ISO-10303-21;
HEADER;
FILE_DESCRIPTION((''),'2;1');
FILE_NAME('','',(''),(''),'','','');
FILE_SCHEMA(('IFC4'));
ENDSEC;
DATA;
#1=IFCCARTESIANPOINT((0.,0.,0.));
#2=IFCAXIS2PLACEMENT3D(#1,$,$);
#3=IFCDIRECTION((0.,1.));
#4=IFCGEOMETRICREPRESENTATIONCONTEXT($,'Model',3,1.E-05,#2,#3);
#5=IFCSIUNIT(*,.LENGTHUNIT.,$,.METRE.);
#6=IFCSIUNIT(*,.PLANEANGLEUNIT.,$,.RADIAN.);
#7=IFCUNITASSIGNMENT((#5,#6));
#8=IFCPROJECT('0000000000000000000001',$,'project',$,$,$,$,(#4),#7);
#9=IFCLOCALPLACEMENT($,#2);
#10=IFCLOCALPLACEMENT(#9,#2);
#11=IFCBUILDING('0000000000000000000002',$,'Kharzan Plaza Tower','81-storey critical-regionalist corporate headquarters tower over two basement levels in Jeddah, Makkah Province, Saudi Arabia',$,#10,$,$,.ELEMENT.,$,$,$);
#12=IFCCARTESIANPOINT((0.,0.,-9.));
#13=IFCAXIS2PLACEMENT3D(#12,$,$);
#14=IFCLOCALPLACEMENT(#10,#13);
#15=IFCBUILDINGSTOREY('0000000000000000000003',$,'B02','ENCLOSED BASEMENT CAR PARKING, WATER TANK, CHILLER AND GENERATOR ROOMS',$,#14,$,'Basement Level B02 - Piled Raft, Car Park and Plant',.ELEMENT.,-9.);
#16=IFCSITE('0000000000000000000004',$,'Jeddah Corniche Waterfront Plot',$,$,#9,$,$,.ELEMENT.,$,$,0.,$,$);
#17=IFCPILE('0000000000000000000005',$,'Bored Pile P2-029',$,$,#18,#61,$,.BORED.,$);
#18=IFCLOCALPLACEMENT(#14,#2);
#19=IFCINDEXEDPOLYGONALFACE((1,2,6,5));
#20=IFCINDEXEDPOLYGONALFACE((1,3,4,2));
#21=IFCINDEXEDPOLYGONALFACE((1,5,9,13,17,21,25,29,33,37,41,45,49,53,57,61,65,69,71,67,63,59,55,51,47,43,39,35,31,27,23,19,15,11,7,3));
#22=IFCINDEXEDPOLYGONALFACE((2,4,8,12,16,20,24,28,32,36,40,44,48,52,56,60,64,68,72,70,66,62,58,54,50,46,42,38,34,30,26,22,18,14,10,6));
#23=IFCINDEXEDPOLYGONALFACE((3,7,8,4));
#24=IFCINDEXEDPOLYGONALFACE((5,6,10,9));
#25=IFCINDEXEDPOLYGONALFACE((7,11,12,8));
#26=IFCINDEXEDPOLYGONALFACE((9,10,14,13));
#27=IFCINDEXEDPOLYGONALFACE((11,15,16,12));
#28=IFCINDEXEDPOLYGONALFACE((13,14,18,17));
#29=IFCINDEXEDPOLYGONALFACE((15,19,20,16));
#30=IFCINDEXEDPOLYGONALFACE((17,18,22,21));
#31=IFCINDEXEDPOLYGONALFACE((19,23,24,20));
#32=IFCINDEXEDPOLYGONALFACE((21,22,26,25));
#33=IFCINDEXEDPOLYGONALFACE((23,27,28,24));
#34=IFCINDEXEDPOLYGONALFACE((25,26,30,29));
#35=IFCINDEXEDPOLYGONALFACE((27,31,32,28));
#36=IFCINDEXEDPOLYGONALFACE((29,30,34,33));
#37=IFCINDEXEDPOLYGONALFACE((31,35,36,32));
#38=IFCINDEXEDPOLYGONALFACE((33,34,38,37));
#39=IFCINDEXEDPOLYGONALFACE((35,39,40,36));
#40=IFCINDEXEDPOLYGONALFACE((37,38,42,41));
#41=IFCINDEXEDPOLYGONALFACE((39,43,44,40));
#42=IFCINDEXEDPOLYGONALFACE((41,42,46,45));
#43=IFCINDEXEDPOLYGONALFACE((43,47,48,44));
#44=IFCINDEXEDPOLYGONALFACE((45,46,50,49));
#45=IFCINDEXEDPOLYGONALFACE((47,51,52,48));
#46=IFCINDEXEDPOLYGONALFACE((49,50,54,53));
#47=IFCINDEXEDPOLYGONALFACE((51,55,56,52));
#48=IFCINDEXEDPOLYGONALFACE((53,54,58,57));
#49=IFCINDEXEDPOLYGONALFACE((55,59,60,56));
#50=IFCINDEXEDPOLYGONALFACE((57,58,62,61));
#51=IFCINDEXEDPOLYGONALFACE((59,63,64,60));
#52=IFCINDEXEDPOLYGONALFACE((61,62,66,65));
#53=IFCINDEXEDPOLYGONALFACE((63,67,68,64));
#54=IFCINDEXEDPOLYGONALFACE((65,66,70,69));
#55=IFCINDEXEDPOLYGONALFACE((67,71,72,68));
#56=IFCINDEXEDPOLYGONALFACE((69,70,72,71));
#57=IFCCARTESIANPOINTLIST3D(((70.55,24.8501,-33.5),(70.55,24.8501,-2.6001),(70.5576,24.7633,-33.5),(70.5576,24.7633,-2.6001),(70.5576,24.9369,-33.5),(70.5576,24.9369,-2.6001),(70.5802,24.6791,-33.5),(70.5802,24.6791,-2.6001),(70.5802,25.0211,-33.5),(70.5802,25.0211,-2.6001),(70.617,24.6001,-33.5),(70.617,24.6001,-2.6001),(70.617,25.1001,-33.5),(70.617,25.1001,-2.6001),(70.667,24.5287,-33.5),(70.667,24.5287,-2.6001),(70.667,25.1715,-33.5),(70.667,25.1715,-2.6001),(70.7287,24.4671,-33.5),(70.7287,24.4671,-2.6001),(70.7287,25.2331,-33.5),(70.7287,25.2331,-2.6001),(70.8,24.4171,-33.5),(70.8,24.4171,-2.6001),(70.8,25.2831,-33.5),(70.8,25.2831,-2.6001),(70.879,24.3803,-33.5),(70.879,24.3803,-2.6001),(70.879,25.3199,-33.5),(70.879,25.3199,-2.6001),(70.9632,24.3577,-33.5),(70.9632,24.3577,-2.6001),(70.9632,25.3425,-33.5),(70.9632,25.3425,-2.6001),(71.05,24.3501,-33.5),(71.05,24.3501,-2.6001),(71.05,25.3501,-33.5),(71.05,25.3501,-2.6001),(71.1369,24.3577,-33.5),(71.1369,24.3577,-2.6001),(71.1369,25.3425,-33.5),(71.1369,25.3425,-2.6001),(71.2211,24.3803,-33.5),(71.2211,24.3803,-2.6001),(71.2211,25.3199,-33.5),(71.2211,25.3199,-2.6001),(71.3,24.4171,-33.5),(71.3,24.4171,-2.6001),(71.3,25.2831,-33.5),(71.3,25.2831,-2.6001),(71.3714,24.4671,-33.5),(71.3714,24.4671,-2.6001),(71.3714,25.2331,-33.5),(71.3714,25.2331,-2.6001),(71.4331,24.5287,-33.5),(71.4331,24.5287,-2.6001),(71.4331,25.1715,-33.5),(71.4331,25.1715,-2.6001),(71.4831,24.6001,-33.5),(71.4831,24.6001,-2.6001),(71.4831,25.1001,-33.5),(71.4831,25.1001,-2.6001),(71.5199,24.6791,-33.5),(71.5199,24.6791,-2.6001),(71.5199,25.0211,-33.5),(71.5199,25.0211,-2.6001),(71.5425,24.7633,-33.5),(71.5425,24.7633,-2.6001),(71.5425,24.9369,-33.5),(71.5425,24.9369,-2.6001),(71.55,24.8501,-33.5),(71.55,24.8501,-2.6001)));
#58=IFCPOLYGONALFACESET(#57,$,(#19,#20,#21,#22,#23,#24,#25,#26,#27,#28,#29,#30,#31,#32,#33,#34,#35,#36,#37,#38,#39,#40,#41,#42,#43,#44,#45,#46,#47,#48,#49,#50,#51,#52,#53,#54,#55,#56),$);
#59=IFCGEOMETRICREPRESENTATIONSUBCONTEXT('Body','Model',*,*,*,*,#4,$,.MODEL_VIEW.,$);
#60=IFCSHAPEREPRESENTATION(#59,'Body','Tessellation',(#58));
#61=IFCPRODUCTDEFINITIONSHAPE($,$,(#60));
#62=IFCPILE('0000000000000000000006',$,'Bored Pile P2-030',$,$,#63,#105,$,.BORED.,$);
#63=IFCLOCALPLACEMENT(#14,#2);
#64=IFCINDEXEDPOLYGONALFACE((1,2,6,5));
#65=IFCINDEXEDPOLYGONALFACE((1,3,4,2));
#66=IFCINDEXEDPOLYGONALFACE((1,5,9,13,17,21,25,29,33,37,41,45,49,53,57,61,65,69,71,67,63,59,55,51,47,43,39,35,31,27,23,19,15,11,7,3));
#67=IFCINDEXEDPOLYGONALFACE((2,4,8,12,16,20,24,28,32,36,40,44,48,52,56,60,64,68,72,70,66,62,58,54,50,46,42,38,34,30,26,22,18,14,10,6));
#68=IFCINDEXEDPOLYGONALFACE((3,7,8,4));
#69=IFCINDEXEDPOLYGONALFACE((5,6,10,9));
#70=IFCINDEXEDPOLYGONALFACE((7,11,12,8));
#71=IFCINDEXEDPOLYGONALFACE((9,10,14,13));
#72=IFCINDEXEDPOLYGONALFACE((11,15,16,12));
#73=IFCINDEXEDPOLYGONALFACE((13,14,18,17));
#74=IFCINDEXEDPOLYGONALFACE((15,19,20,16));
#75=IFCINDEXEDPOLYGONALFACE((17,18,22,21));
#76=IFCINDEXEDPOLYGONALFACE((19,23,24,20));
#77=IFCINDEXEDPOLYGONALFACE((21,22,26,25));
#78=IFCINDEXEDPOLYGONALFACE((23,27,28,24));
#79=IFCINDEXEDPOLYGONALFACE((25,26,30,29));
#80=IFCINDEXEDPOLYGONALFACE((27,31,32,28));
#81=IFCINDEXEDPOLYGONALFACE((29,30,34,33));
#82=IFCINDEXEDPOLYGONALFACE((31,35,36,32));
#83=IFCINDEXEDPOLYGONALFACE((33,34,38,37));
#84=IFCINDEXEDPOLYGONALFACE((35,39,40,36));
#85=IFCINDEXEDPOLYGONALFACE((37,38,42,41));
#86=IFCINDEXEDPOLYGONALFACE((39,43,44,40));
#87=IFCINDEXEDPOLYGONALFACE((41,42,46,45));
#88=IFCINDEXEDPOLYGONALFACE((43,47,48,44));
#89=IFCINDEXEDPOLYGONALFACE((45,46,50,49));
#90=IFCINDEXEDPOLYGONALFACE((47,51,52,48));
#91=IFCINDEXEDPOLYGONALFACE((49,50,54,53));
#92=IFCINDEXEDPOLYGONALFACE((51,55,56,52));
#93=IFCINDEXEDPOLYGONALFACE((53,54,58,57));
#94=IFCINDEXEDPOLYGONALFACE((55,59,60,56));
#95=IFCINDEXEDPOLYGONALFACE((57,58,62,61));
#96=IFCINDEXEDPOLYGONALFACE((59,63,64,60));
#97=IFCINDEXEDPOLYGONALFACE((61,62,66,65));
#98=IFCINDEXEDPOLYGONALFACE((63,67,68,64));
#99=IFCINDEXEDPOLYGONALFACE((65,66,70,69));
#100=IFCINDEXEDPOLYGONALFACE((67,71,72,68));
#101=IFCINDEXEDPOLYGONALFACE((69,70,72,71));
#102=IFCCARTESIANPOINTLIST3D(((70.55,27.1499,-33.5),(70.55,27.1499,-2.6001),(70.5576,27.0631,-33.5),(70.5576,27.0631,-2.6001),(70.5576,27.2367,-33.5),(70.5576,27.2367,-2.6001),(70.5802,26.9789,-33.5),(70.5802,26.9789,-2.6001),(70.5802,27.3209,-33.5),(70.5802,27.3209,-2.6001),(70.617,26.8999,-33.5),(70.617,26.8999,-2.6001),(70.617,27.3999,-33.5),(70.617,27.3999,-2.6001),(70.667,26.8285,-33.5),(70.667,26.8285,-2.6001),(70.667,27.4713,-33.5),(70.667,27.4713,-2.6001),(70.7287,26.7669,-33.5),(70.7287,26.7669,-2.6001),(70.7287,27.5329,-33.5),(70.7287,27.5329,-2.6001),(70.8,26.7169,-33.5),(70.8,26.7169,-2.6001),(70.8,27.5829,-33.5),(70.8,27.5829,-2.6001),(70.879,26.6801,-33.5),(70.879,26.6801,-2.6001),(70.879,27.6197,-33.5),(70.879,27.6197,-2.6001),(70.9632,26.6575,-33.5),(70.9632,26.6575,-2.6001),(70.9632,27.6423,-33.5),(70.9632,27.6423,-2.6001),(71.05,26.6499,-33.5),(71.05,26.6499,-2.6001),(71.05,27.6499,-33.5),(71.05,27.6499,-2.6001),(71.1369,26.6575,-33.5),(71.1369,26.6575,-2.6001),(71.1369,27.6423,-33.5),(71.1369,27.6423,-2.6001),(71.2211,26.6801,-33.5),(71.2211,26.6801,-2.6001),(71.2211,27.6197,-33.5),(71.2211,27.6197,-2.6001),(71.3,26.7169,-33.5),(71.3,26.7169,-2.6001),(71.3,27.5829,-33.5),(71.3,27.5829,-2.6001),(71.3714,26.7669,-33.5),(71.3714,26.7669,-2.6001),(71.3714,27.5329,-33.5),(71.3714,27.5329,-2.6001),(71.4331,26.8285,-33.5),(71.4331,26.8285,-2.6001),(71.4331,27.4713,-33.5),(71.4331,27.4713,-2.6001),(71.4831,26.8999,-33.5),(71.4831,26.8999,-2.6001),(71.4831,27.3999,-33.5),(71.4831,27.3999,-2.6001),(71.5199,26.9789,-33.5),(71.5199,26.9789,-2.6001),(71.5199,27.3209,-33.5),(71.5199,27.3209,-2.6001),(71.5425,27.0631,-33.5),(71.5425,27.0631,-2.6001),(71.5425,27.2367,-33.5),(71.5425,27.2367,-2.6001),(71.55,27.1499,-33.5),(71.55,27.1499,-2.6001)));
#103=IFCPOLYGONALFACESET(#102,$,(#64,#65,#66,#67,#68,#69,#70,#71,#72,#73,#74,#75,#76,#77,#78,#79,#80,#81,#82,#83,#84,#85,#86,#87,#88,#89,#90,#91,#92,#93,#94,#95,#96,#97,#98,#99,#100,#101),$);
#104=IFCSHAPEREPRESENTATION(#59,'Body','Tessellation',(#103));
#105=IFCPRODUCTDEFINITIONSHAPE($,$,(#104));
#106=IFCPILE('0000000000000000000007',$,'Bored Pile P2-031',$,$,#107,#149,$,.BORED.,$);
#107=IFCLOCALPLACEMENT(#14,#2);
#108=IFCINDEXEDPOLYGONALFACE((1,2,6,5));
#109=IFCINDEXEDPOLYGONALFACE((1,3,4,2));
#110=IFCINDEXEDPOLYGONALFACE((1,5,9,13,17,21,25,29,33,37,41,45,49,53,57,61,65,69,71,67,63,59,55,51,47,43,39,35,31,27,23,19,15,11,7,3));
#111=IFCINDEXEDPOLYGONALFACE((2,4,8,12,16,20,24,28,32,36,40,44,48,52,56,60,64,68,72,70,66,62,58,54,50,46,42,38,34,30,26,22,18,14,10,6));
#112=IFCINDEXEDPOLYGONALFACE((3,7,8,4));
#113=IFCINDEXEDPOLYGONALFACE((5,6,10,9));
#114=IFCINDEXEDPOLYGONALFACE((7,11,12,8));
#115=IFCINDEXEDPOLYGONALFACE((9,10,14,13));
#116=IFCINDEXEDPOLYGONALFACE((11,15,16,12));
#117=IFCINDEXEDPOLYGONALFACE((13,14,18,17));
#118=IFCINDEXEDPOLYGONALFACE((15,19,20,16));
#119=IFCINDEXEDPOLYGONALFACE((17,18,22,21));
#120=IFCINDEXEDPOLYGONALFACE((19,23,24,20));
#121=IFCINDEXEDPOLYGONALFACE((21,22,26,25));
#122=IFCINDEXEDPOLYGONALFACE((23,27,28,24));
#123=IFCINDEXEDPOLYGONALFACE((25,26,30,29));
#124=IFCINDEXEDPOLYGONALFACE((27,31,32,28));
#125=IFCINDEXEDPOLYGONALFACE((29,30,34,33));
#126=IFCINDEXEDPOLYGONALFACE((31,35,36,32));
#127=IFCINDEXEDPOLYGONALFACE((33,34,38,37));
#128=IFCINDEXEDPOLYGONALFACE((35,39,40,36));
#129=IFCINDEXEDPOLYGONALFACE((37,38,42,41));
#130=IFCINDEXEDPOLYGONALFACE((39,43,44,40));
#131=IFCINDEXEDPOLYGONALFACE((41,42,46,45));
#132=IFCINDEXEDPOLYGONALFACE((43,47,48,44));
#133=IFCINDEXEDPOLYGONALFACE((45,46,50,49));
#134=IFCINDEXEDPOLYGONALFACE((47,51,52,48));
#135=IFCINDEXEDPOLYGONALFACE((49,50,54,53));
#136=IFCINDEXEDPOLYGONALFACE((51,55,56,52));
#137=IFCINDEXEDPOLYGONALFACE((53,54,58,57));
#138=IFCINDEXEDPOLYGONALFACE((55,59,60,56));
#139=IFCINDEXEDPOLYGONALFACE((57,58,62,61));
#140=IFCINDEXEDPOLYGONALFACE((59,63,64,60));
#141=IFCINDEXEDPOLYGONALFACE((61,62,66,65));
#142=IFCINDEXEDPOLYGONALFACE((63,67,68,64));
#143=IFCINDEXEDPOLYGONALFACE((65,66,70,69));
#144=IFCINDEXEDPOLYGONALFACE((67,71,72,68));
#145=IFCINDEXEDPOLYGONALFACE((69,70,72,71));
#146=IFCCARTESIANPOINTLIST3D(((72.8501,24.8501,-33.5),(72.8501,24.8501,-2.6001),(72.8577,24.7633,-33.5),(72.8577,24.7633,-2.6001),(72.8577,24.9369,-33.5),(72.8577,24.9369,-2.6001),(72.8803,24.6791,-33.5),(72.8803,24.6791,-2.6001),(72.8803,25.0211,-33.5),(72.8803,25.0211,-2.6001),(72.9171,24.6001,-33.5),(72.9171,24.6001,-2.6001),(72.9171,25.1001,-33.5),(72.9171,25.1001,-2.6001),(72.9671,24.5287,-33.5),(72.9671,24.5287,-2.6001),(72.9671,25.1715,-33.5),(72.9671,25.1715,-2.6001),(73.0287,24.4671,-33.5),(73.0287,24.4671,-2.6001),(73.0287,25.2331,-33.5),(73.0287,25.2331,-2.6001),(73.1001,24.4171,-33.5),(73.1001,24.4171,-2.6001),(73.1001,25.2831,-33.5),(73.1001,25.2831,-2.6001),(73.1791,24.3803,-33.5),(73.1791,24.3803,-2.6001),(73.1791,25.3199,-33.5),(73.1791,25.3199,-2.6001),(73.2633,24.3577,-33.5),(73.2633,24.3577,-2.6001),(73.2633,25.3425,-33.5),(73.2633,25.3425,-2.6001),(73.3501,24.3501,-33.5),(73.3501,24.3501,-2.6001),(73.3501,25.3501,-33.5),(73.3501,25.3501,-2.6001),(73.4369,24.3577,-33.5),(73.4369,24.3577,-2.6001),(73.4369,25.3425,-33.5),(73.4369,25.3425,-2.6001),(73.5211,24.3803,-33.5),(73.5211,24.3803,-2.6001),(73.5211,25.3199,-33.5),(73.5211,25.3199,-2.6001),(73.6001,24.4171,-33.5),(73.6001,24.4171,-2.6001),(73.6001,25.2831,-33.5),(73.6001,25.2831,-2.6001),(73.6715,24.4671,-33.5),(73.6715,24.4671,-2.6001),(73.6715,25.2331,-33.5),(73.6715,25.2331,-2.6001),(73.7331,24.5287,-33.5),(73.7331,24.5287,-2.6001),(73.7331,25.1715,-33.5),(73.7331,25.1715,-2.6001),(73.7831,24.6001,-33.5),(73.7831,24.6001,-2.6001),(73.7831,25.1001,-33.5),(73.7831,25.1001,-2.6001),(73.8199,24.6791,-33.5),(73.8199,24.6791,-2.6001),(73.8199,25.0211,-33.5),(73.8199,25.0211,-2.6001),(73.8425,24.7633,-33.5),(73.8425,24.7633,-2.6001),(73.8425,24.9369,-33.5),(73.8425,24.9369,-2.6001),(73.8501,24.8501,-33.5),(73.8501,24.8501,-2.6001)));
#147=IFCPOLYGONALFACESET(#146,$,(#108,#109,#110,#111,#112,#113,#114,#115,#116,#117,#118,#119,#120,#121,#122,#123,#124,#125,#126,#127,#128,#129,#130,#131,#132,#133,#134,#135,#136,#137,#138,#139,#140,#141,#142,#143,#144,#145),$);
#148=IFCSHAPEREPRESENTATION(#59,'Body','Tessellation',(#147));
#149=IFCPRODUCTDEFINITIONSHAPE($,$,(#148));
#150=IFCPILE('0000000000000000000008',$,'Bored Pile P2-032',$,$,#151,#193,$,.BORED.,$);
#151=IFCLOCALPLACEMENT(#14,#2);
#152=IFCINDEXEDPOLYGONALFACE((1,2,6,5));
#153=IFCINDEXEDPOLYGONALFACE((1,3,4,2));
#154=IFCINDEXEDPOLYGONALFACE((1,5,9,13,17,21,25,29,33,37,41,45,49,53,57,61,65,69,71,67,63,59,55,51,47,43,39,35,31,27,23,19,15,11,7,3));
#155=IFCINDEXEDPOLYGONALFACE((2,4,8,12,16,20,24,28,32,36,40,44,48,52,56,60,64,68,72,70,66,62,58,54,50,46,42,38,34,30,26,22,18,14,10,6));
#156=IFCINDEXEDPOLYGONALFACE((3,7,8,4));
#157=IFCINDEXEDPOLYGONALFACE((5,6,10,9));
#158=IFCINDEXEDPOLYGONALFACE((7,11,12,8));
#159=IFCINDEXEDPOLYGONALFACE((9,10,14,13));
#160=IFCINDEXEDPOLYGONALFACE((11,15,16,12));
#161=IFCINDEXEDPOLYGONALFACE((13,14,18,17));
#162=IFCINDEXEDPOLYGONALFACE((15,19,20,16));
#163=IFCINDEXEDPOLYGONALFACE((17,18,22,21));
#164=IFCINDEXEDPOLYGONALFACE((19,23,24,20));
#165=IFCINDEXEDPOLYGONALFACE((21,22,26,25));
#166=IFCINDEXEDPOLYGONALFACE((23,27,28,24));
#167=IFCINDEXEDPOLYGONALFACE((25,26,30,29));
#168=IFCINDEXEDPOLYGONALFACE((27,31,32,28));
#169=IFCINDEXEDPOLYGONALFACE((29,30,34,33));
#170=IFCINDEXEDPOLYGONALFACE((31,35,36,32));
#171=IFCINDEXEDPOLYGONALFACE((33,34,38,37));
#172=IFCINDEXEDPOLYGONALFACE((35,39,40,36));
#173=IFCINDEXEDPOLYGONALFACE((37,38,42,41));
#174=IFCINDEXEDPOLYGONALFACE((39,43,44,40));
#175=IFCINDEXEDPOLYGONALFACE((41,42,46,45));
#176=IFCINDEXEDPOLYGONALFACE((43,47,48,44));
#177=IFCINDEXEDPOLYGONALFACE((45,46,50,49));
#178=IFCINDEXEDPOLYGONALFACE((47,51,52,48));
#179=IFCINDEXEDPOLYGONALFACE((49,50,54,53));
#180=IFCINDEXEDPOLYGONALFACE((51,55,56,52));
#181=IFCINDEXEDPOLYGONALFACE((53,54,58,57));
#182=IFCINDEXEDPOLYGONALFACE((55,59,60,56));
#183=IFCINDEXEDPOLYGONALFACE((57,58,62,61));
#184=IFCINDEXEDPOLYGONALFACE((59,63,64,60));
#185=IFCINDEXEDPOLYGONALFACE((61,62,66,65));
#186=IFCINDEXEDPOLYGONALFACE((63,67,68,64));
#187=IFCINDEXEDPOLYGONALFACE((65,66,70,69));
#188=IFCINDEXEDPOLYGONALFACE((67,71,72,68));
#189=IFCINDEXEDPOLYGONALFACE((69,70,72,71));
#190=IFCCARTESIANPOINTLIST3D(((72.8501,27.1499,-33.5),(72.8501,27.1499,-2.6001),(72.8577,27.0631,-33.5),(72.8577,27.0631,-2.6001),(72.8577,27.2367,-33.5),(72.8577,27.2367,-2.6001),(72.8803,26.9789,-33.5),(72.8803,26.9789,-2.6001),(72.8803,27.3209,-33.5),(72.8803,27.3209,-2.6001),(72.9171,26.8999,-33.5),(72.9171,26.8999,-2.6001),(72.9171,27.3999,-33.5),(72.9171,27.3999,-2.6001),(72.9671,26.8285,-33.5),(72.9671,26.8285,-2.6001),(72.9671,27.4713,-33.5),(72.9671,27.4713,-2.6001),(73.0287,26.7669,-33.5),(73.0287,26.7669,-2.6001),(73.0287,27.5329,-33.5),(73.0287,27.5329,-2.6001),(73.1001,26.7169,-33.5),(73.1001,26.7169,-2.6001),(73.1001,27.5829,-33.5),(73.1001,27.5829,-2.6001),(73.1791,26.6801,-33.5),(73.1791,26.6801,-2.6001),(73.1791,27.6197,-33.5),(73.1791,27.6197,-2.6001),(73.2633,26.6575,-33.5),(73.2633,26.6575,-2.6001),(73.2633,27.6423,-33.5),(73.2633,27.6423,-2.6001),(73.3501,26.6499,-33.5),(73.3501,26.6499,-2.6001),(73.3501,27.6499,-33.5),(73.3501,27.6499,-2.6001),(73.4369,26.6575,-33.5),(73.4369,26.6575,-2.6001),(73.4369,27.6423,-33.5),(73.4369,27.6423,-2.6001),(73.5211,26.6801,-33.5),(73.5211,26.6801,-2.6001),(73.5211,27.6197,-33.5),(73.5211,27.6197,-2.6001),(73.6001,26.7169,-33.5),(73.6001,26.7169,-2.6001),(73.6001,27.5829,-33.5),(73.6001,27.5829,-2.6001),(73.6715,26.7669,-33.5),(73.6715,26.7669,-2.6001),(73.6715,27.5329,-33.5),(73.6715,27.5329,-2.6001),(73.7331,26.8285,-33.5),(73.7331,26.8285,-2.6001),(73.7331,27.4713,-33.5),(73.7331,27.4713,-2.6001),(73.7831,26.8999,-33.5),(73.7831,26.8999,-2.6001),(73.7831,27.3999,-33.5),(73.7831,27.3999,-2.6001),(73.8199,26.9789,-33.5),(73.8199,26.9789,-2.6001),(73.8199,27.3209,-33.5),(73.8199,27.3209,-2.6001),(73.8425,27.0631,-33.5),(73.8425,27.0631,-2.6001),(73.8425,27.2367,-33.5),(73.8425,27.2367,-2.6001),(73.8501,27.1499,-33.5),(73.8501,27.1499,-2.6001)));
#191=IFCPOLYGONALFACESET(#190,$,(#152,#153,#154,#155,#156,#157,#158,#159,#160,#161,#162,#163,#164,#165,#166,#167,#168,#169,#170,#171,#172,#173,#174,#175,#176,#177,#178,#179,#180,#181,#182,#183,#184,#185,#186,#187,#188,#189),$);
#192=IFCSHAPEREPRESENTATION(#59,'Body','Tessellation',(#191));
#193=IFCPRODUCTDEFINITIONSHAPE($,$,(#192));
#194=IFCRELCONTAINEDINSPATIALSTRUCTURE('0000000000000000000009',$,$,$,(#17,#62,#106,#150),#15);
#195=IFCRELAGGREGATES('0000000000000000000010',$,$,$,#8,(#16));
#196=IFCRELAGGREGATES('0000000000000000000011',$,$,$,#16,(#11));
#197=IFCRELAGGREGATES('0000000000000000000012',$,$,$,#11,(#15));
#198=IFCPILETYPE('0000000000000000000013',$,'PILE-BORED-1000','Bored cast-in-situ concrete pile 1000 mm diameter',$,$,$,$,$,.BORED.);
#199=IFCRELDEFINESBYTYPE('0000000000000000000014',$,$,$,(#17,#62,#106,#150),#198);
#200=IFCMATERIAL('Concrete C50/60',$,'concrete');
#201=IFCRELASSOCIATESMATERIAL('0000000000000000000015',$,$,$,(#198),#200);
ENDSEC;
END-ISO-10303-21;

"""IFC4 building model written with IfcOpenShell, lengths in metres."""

from ifc_helpers import new_model, si_unit, direction, frame, origin, origin_2d, place, context, subcontext, project, spatial, circle, extrude, source, transform, mapped, material, material_profile, profile_set, type_object, element, save


model = new_model("IFC4")

# Units and contexts
model_context = context("Model", 3, precision=1e-05, world=origin(), true_north=direction((0.0, 1.0)))
body_context = subcontext(model_context, "Body", "Model", "MODEL_VIEW")
ifc_project = project(units=[si_unit("LENGTHUNIT", "METRE"), si_unit("PLANEANGLEUNIT", "RADIAN")], contexts=[model_context])

# Site, building, storey
site_placement = place(None, origin())
site = spatial("IfcSite", under=ifc_project, at=site_placement, Name="Jeddah Corniche Waterfront Plot", CompositionType="ELEMENT", RefElevation=0.0)
building_placement = place(site_placement, origin())
building = spatial("IfcBuilding", under=site, at=building_placement, Name="Kharzan Plaza Tower", Description="81-storey critical-regionalist corporate headquarters tower over two basement levels in Jeddah, Makkah Province, Saudi Arabia", CompositionType="ELEMENT")
storey_placement = place(building_placement, frame((0.0, 0.0, -9.0)))
storey = spatial("IfcBuildingStorey", under=building, at=storey_placement, Name="B02", Description="ENCLOSED BASEMENT CAR PARKING, WATER TANK, CHILLER AND GENERATOR ROOMS", LongName="Basement Level B02 - Piled Raft, Car Park and Plant", CompositionType="ELEMENT", Elevation=-9.0)

# Shared definitions
ifc_material_1 = material(Name="Concrete C50/60", Category="concrete")

# Piles
ifc_material_profile_1 = material_profile(ifc_material_1, circle(Radius=0.5, at=origin_2d()), Name="PILE-D1000")
ifc_profile_set_1 = profile_set([ifc_material_profile_1], Name="Concrete C50/60")
pile_type = type_object("IfcPileType", Name="PILE-BORED-1000", Description="Bored cast-in-situ concrete pile 1000 mm diameter", PredefinedType="BORED", material=ifc_profile_set_1)
shared_shape_1 = source(origin(), body_context, "Body", "SweptSolid", [
    extrude(circle(Radius=0.5, at=origin_2d()), origin(), (0.0, 0.0, 1.0), 30.8999),
])
for number, where, z_axis, x_axis, name in (
    (1, (71.05, 24.8501, -2.6001), (0.0, 0.0, -1.0), (1.0, 0.0, 0.0), "Bored Pile P2-029"),
    (2, (71.05, 27.1499, -2.6001), (0.0, 0.0, -1.0), (1.0, 0.0, 0.0), "Bored Pile P2-030"),
    (3, (73.3501, 24.8501, -2.6001), (0.0, 0.0, -1.0), (1.0, 0.0, 0.0), "Bored Pile P2-031"),
    (4, (73.3501, 27.1499, -2.6001), (0.0, 0.0, -1.0), (1.0, 0.0, 0.0), "Bored Pile P2-032"),
):
    element("IfcPile", number, at=place(storey_placement, frame(where, z_axis=z_axis, x_axis=x_axis)), inside=storey, type_object=pile_type, Name=name, PredefinedType="BORED", context=body_context, shape_type="MappedRepresentation", body=[
        mapped(shared_shape_1, transform((0.0, 0.0, 0.0), x_axis=(1.0, 0.0, 0.0), y_axis=(0.0, 1.0, 0.0), z_axis=(0.0, 0.0, 1.0))),
    ])

save(model, "model.ifc")
